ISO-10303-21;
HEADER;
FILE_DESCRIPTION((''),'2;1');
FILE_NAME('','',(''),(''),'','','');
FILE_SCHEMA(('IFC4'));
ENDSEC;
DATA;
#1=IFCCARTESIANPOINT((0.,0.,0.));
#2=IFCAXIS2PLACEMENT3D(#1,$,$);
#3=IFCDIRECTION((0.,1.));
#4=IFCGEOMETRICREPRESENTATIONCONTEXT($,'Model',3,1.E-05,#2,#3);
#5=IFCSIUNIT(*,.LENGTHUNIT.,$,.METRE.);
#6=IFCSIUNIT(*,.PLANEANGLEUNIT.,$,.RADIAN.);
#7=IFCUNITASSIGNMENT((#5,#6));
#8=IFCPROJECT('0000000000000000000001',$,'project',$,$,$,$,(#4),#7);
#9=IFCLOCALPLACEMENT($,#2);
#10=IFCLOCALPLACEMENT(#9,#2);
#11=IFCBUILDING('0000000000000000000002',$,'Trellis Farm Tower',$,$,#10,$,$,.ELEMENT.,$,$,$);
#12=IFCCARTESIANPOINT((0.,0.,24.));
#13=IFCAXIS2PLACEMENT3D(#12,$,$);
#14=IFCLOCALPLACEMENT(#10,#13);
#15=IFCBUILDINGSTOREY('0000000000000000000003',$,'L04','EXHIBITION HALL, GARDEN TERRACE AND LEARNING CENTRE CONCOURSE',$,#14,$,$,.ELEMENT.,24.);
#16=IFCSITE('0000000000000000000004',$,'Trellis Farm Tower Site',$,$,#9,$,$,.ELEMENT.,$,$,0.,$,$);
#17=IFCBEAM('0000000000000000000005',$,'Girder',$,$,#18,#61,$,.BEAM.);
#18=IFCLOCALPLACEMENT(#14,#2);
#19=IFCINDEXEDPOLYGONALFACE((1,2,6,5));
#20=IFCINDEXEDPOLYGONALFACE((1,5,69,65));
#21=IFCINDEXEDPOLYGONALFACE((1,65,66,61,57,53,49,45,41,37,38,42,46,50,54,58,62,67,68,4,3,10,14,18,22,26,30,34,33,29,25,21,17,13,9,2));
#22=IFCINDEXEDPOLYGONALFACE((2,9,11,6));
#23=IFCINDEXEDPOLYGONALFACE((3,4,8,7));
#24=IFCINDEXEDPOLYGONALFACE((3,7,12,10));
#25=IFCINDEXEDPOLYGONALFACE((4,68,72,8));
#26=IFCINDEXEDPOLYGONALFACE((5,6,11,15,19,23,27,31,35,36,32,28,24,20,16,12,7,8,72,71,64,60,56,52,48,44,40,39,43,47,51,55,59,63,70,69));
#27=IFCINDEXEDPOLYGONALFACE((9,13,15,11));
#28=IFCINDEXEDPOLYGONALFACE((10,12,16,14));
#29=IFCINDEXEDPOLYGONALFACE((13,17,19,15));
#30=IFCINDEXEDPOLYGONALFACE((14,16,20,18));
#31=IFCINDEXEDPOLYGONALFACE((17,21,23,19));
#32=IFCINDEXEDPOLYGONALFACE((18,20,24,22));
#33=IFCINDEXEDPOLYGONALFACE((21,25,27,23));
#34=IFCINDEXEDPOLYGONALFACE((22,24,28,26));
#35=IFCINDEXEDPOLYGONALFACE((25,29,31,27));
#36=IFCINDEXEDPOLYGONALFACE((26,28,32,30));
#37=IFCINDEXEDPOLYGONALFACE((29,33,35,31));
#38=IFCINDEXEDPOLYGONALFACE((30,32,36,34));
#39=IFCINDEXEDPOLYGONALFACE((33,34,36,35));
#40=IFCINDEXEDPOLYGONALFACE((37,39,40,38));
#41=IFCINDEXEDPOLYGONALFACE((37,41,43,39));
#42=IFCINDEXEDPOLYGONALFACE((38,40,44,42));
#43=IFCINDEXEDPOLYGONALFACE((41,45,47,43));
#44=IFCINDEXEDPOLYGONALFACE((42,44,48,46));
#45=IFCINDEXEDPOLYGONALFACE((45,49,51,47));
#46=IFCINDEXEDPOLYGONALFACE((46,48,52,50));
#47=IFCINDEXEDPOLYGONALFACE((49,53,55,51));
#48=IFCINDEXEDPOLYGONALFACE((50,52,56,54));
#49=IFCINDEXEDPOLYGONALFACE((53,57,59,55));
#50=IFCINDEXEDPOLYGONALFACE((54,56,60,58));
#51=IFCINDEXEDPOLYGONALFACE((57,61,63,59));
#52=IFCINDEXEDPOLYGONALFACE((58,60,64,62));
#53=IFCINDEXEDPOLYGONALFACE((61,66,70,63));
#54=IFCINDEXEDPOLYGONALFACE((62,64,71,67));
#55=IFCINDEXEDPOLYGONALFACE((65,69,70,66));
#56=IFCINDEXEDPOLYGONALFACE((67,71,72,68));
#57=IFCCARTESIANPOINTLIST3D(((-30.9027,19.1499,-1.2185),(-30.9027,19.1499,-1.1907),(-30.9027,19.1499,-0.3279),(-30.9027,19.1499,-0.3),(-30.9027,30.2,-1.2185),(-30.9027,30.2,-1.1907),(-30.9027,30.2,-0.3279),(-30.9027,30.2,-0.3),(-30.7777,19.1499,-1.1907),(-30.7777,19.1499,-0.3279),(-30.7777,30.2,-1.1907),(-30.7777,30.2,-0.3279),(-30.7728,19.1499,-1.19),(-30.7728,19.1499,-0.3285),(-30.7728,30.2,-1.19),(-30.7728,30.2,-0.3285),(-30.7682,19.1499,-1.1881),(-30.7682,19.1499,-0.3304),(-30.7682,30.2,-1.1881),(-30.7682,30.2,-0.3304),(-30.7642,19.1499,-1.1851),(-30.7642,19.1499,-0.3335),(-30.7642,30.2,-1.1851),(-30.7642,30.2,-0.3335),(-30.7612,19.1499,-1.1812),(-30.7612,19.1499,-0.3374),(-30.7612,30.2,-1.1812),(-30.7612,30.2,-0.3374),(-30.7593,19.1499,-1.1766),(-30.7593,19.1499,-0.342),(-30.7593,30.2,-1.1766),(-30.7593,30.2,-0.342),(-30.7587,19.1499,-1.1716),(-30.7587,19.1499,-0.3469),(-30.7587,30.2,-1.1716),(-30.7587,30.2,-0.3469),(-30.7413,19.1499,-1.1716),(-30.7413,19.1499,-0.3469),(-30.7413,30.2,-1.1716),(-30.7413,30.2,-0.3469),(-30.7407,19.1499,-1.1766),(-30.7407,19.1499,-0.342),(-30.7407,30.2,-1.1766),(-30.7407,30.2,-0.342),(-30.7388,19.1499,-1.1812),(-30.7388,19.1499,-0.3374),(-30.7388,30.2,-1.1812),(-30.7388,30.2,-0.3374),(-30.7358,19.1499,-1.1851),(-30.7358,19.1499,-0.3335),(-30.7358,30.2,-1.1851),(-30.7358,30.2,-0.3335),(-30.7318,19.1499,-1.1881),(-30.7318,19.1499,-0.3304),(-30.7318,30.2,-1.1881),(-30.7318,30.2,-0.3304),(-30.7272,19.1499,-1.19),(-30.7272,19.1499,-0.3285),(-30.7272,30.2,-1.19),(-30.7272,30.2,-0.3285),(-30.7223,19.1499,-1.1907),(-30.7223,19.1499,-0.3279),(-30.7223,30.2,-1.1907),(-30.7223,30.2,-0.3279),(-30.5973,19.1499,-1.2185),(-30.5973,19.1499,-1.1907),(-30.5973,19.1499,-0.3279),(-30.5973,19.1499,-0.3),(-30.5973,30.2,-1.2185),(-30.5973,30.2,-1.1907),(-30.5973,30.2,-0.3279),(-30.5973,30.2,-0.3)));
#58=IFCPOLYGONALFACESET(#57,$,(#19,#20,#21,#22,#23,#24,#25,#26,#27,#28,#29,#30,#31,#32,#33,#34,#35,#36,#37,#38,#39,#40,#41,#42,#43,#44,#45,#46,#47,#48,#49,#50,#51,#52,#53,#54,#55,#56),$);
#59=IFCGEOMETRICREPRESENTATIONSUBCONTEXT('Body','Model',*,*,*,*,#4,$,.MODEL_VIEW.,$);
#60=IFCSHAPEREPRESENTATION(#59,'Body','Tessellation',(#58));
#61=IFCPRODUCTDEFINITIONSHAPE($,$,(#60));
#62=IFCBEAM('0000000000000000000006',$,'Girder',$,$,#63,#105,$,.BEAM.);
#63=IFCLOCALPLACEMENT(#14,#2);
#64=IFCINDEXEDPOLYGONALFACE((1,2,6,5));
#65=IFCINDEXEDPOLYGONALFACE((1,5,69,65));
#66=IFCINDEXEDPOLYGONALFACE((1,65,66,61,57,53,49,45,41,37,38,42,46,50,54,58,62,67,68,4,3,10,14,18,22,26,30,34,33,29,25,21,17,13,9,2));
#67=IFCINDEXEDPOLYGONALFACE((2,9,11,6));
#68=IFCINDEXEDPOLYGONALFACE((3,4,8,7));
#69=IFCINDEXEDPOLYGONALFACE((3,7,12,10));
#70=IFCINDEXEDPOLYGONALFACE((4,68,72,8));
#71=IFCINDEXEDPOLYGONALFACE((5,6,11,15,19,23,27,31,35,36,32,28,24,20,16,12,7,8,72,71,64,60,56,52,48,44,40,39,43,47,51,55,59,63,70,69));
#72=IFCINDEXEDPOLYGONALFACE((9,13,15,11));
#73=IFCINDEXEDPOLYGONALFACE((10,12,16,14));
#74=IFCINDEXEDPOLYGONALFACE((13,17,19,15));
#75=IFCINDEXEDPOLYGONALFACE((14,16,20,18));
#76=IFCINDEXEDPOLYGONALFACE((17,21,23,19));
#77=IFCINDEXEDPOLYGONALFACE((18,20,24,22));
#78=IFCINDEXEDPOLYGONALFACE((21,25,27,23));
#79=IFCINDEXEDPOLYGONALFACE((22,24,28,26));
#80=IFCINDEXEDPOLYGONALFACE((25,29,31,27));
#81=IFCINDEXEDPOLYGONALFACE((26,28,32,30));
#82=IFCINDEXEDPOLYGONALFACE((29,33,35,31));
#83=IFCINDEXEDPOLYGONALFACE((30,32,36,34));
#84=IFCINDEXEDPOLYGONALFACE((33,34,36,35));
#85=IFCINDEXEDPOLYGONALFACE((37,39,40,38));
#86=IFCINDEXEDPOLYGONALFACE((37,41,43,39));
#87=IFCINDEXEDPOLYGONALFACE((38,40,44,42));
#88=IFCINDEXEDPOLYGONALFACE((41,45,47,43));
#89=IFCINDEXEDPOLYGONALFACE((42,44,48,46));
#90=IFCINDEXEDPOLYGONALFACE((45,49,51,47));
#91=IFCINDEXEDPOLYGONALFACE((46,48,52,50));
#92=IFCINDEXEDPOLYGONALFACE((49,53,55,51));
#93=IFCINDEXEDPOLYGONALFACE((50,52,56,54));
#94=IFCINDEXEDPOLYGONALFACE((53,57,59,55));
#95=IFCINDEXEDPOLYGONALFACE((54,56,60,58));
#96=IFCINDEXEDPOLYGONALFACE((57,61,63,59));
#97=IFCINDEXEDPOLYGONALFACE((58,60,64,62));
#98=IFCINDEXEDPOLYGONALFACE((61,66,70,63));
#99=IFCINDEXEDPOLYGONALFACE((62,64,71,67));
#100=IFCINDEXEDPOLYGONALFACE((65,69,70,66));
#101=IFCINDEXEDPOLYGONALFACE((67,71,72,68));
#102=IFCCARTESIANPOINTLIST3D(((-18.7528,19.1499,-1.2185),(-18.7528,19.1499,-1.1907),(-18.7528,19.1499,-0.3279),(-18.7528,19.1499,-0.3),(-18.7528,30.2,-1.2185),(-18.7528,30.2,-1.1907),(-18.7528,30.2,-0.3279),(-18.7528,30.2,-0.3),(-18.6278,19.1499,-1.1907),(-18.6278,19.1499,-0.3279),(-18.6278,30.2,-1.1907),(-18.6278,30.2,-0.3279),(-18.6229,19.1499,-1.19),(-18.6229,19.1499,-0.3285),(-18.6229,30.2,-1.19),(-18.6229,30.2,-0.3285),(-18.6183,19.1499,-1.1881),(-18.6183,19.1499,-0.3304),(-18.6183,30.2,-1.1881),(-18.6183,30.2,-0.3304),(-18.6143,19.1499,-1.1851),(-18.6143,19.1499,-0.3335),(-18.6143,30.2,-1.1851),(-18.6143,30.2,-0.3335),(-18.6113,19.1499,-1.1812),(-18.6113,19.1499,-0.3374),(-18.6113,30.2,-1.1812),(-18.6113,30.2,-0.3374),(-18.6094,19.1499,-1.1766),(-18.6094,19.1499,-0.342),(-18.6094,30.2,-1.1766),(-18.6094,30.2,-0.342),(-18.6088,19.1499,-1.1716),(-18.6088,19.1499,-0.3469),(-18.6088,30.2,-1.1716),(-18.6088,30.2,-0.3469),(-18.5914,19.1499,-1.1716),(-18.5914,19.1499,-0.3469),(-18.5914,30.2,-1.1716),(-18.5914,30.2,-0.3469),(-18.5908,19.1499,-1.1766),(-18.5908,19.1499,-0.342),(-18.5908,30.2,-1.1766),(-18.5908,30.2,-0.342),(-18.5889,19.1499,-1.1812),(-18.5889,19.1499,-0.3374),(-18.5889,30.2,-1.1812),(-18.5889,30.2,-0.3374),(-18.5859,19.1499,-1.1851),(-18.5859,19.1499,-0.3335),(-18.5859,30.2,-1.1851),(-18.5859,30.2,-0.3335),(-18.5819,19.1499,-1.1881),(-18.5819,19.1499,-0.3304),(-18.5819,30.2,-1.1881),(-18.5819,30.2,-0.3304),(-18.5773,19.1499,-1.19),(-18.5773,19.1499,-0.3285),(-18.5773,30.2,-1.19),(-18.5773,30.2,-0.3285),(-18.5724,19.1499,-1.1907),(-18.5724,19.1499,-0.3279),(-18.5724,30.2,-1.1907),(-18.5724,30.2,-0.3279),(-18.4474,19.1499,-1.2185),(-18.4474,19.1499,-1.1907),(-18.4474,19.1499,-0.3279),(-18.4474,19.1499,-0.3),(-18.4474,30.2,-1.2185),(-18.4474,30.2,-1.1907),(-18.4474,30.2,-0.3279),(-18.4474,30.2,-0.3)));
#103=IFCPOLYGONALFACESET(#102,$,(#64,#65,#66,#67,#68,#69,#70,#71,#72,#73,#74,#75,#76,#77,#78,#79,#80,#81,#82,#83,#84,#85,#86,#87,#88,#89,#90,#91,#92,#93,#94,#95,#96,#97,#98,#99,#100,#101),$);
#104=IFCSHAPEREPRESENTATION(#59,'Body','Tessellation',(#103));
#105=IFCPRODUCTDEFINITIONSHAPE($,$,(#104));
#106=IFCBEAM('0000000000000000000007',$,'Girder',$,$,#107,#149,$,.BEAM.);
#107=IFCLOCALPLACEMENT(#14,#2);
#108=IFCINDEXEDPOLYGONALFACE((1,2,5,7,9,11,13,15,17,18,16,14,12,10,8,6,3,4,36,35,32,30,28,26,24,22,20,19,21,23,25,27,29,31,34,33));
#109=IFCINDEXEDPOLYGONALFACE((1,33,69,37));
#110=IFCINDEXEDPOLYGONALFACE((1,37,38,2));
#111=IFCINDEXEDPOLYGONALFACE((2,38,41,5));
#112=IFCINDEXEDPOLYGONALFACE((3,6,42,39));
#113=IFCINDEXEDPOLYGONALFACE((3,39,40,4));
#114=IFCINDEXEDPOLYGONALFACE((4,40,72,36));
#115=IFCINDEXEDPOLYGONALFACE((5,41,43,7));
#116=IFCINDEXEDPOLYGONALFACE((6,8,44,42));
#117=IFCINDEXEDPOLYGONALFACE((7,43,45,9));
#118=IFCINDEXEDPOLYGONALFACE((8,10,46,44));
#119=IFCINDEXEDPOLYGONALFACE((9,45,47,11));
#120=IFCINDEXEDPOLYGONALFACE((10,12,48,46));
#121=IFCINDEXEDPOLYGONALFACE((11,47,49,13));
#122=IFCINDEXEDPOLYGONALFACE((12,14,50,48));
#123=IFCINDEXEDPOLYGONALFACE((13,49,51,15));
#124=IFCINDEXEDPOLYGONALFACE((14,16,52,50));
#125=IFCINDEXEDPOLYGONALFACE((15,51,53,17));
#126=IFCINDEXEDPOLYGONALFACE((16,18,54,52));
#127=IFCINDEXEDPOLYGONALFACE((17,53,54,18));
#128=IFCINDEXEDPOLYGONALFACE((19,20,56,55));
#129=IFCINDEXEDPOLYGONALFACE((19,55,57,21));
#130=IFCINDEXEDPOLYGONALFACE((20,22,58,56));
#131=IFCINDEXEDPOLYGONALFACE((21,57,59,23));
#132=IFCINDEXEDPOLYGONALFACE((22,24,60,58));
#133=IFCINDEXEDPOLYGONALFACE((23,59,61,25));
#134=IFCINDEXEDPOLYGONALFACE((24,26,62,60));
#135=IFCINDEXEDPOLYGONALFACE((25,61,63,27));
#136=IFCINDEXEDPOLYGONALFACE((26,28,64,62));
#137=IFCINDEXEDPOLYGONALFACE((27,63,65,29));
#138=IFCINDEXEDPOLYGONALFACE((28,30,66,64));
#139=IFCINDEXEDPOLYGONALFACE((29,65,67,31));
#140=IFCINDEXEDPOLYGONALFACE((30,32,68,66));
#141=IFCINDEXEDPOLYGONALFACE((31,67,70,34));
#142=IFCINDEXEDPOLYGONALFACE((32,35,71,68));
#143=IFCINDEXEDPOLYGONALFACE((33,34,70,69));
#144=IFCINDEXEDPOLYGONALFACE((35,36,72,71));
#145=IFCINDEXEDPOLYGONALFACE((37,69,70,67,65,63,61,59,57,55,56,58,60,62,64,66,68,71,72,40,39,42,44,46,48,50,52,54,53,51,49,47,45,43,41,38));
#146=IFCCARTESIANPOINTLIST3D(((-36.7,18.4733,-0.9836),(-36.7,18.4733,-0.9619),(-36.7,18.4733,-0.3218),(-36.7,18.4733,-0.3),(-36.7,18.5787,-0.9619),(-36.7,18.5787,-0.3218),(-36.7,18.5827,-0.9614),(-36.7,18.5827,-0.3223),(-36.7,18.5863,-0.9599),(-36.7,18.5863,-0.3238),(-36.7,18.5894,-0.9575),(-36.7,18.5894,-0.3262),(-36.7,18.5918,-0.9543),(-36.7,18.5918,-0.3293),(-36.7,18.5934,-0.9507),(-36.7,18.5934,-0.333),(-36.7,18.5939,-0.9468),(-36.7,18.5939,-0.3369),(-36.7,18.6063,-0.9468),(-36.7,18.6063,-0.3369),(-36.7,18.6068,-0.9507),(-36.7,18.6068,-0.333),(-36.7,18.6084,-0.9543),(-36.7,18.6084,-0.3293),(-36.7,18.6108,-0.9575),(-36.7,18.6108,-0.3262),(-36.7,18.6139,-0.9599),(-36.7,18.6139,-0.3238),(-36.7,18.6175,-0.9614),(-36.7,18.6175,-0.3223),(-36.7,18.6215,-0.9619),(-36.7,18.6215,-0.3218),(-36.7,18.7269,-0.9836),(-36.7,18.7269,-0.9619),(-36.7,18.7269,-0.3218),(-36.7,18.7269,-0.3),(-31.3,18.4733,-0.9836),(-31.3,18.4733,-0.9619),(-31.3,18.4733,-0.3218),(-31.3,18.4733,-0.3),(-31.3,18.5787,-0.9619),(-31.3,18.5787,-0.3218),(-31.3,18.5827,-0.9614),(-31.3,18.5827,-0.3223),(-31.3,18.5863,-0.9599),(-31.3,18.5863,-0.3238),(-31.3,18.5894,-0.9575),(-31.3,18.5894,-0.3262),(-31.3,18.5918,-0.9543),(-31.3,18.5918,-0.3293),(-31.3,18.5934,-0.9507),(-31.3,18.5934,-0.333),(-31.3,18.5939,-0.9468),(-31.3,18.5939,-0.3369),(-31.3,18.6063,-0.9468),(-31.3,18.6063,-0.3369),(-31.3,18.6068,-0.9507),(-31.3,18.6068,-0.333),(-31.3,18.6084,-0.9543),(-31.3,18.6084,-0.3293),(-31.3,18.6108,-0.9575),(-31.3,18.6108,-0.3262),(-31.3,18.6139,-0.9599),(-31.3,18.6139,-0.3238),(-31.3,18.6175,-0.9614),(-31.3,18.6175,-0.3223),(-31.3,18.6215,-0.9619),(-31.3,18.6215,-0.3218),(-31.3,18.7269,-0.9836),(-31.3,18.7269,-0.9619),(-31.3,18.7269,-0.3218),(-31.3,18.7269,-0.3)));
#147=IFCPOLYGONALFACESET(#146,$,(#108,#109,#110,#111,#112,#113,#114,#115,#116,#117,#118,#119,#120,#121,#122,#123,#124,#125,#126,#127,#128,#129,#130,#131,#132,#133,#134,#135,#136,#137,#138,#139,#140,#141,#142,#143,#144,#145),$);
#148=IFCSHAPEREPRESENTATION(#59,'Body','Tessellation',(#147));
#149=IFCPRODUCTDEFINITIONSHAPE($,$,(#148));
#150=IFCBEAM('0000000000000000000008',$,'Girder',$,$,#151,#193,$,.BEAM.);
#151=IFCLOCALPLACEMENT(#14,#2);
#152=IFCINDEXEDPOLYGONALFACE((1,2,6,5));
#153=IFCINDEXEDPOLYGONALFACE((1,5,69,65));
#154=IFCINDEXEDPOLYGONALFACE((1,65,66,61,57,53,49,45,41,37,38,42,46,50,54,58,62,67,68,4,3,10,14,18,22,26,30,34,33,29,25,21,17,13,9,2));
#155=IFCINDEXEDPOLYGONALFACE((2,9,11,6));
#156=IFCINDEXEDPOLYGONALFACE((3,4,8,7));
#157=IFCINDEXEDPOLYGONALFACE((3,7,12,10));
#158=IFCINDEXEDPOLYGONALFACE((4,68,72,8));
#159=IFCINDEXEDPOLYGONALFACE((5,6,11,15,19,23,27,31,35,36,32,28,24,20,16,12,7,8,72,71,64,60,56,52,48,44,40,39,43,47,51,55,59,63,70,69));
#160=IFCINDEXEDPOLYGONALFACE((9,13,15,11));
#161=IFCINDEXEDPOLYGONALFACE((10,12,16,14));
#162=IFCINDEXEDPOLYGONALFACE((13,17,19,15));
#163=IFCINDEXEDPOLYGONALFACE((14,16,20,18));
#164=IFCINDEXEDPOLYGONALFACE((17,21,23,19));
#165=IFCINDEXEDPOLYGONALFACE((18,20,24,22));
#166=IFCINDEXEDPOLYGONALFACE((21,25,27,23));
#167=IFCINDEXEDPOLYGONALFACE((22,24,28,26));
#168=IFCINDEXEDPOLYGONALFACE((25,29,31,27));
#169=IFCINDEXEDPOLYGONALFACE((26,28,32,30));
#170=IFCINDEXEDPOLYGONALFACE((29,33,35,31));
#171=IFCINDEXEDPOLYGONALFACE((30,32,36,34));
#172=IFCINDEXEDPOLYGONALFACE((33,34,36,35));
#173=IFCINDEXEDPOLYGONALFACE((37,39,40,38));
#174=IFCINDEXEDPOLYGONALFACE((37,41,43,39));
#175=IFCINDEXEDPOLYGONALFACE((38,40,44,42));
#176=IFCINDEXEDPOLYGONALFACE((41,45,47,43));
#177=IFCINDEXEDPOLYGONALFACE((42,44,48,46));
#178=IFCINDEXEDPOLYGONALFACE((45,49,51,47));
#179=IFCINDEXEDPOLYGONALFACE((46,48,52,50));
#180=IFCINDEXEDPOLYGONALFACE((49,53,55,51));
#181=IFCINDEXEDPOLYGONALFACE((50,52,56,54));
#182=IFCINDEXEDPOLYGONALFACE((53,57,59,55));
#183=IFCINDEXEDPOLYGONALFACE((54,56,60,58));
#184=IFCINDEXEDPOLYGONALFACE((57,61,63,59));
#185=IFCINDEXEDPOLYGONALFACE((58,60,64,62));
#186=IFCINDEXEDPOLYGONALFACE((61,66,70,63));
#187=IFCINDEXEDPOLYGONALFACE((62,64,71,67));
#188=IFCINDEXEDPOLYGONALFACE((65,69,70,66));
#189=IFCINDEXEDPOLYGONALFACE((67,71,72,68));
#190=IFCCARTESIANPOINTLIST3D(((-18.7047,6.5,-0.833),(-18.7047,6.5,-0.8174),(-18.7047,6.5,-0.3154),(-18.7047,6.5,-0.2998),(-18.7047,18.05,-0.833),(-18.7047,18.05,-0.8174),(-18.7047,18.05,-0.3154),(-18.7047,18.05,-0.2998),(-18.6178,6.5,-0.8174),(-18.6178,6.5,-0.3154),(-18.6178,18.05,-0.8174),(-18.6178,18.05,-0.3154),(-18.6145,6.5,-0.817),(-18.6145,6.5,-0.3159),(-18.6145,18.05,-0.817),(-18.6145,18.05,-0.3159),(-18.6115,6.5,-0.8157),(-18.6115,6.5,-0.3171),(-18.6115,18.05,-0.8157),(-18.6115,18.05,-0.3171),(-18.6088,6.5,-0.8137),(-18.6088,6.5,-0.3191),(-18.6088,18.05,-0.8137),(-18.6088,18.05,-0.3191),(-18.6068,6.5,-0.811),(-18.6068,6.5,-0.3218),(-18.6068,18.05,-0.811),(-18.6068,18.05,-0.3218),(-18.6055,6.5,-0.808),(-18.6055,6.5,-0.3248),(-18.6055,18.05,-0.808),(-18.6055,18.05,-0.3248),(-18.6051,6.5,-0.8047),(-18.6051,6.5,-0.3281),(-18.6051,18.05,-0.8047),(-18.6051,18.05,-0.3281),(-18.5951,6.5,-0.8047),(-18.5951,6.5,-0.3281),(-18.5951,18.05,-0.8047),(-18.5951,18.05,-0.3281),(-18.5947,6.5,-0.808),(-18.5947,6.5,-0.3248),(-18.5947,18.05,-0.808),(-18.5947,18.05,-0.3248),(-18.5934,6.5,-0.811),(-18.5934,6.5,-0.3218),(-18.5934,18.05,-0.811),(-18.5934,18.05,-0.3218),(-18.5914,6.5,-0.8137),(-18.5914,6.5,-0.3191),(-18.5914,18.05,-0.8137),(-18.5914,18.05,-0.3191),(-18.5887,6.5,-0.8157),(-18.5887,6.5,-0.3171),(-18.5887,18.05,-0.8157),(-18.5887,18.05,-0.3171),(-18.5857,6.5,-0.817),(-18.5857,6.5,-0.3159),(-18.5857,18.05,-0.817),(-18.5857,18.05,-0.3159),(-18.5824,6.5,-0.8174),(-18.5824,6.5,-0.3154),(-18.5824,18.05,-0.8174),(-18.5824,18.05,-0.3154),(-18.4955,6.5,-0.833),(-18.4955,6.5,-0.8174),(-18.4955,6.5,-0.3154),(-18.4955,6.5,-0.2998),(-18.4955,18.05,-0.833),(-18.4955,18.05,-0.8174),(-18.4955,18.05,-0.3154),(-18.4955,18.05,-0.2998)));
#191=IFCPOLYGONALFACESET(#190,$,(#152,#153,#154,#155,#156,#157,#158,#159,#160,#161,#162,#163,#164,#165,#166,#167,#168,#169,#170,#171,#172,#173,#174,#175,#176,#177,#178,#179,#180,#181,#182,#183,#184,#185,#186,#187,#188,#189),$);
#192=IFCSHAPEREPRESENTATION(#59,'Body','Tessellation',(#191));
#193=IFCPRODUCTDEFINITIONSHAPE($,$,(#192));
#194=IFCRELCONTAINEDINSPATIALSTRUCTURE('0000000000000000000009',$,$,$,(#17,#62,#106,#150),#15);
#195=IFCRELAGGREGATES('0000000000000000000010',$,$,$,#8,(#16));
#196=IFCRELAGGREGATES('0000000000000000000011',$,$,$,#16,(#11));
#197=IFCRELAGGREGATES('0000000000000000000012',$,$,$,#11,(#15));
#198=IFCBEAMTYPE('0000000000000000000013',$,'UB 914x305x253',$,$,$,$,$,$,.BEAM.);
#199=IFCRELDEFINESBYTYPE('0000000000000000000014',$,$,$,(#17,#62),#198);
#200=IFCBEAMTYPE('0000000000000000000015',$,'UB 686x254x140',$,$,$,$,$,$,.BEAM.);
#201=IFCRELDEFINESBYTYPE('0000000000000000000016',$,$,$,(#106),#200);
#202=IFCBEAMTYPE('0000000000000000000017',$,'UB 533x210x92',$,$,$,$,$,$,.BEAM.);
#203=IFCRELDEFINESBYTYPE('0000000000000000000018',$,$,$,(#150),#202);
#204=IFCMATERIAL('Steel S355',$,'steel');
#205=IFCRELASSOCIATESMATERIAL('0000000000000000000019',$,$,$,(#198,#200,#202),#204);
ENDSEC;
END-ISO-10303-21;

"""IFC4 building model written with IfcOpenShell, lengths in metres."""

from ifc_helpers import new_model, si_unit, direction, frame, origin, origin_2d, place, context, subcontext, project, spatial, i_section, extrude, source, transform, mapped, material, material_profile, profile_set, type_object, element, save


model = new_model("IFC4")

# Units and contexts
model_context = context("Model", 3, precision=1e-05, world=origin(), true_north=direction((0.0, 1.0)))
body_context = subcontext(model_context, "Body", "Model", "MODEL_VIEW")
ifc_project = project(units=[si_unit("LENGTHUNIT", "METRE"), si_unit("PLANEANGLEUNIT", "RADIAN")], contexts=[model_context])

# Site, building, storey
site_placement = place(None, origin())
site = spatial("IfcSite", under=ifc_project, at=site_placement, Name="Trellis Farm Tower Site", CompositionType="ELEMENT", RefElevation=0.0)
building_placement = place(site_placement, origin())
building = spatial("IfcBuilding", under=site, at=building_placement, Name="Trellis Farm Tower", CompositionType="ELEMENT")
storey_placement = place(building_placement, frame((0.0, 0.0, 24.0)))
storey = spatial("IfcBuildingStorey", under=building, at=storey_placement, Name="L04", Description="EXHIBITION HALL, GARDEN TERRACE AND LEARNING CENTRE CONCOURSE", CompositionType="ELEMENT", Elevation=24.0)

# Beams
ifc_material_1 = material(Name="Steel S355", Category="steel")
ifc_material_profile_1 = material_profile(ifc_material_1, i_section(OverallWidth=0.3054, OverallDepth=0.9185, WebThickness=0.0173, FlangeThickness=0.0278, FilletRadius=0.019, at=origin_2d()), Name="UB 914x305x253")
ifc_profile_set_1 = profile_set([ifc_material_profile_1], Name="Steel S355")
beam_type_1 = type_object("IfcBeamType", Name="UB 914x305x253", PredefinedType="BEAM", material=ifc_profile_set_1)
shared_shape_1 = source(origin(), body_context, "Body", "SweptSolid", [
    extrude(i_section(OverallWidth=0.3054, OverallDepth=0.9185, WebThickness=0.0173, FlangeThickness=0.0278, FilletRadius=0.019, at=origin_2d()), origin(), (0.0, 0.0, 1.0), 11.05),
])
for number, where, z_axis, x_axis, name in (
    (1, (-30.75, 19.1499, -0.7593), (0.0, 1.0, 0.0), (-1.0, 0.0, 0.0), "Girder"),
    (2, (-18.6001, 19.1499, -0.7593), (0.0, 1.0, 0.0), (-1.0, 0.0, 0.0), "Girder"),
):
    element("IfcBeam", number, at=place(storey_placement, frame(where, z_axis=z_axis, x_axis=x_axis)), inside=storey, type_object=beam_type_1, Name=name, PredefinedType="BEAM", context=body_context, shape_type="MappedRepresentation", body=[
        mapped(shared_shape_1, transform((0.0, 0.0, 0.0))),
    ])
ifc_material_profile_2 = material_profile(ifc_material_1, i_section(OverallWidth=0.2537, OverallDepth=0.6836, WebThickness=0.0125, FlangeThickness=0.0217, FilletRadius=0.0151, at=origin_2d()), Name="UB 686x254x140")
ifc_profile_set_2 = profile_set([ifc_material_profile_2], Name="Steel S355")
beam_type_2 = type_object("IfcBeamType", Name="UB 686x254x140", PredefinedType="BEAM", material=ifc_profile_set_2)
shared_shape_2 = source(origin(), body_context, "Body", "SweptSolid", [
    extrude(i_section(OverallWidth=0.2537, OverallDepth=0.6836, WebThickness=0.0125, FlangeThickness=0.0217, FilletRadius=0.0151, at=origin_2d()), origin(), (0.0, 0.0, 1.0), 5.3999),
])
beam_1_placement = place(storey_placement, frame((-36.7, 18.6001, -0.6418), z_axis=(1.0, 0.0, 0.0), x_axis=(0.0, 1.0, 0.0)))
element("IfcBeam", 3, at=beam_1_placement, inside=storey, type_object=beam_type_2, Name="Girder", PredefinedType="BEAM", context=body_context, shape_type="MappedRepresentation", body=[
    mapped(shared_shape_2, transform((0.0, 0.0, 0.0))),
])
ifc_material_profile_3 = material_profile(ifc_material_1, i_section(OverallWidth=0.2092, OverallDepth=0.5332, WebThickness=0.01, FlangeThickness=0.0156, FilletRadius=0.0127, at=origin_2d()), Name="UB 533x210x92")
ifc_profile_set_3 = profile_set([ifc_material_profile_3], Name="Steel S355")
beam_type_3 = type_object("IfcBeamType", Name="UB 533x210x92", PredefinedType="BEAM", material=ifc_profile_set_3)
shared_shape_3 = source(origin(), body_context, "Body", "SweptSolid", [
    extrude(i_section(OverallWidth=0.2092, OverallDepth=0.5332, WebThickness=0.01, FlangeThickness=0.0156, FilletRadius=0.0127, at=origin_2d()), origin(), (0.0, 0.0, 1.0), 11.55),
])
beam_2_placement = place(storey_placement, frame((-18.6001, 6.5, -0.5664), z_axis=(0.0, 1.0, 0.0), x_axis=(-1.0, 0.0, 0.0)))
element("IfcBeam", 4, at=beam_2_placement, inside=storey, type_object=beam_type_3, Name="Girder", PredefinedType="BEAM", context=body_context, shape_type="MappedRepresentation", body=[
    mapped(shared_shape_3, transform((0.0, 0.0, 0.0))),
])

save(model, "model.ifc")
